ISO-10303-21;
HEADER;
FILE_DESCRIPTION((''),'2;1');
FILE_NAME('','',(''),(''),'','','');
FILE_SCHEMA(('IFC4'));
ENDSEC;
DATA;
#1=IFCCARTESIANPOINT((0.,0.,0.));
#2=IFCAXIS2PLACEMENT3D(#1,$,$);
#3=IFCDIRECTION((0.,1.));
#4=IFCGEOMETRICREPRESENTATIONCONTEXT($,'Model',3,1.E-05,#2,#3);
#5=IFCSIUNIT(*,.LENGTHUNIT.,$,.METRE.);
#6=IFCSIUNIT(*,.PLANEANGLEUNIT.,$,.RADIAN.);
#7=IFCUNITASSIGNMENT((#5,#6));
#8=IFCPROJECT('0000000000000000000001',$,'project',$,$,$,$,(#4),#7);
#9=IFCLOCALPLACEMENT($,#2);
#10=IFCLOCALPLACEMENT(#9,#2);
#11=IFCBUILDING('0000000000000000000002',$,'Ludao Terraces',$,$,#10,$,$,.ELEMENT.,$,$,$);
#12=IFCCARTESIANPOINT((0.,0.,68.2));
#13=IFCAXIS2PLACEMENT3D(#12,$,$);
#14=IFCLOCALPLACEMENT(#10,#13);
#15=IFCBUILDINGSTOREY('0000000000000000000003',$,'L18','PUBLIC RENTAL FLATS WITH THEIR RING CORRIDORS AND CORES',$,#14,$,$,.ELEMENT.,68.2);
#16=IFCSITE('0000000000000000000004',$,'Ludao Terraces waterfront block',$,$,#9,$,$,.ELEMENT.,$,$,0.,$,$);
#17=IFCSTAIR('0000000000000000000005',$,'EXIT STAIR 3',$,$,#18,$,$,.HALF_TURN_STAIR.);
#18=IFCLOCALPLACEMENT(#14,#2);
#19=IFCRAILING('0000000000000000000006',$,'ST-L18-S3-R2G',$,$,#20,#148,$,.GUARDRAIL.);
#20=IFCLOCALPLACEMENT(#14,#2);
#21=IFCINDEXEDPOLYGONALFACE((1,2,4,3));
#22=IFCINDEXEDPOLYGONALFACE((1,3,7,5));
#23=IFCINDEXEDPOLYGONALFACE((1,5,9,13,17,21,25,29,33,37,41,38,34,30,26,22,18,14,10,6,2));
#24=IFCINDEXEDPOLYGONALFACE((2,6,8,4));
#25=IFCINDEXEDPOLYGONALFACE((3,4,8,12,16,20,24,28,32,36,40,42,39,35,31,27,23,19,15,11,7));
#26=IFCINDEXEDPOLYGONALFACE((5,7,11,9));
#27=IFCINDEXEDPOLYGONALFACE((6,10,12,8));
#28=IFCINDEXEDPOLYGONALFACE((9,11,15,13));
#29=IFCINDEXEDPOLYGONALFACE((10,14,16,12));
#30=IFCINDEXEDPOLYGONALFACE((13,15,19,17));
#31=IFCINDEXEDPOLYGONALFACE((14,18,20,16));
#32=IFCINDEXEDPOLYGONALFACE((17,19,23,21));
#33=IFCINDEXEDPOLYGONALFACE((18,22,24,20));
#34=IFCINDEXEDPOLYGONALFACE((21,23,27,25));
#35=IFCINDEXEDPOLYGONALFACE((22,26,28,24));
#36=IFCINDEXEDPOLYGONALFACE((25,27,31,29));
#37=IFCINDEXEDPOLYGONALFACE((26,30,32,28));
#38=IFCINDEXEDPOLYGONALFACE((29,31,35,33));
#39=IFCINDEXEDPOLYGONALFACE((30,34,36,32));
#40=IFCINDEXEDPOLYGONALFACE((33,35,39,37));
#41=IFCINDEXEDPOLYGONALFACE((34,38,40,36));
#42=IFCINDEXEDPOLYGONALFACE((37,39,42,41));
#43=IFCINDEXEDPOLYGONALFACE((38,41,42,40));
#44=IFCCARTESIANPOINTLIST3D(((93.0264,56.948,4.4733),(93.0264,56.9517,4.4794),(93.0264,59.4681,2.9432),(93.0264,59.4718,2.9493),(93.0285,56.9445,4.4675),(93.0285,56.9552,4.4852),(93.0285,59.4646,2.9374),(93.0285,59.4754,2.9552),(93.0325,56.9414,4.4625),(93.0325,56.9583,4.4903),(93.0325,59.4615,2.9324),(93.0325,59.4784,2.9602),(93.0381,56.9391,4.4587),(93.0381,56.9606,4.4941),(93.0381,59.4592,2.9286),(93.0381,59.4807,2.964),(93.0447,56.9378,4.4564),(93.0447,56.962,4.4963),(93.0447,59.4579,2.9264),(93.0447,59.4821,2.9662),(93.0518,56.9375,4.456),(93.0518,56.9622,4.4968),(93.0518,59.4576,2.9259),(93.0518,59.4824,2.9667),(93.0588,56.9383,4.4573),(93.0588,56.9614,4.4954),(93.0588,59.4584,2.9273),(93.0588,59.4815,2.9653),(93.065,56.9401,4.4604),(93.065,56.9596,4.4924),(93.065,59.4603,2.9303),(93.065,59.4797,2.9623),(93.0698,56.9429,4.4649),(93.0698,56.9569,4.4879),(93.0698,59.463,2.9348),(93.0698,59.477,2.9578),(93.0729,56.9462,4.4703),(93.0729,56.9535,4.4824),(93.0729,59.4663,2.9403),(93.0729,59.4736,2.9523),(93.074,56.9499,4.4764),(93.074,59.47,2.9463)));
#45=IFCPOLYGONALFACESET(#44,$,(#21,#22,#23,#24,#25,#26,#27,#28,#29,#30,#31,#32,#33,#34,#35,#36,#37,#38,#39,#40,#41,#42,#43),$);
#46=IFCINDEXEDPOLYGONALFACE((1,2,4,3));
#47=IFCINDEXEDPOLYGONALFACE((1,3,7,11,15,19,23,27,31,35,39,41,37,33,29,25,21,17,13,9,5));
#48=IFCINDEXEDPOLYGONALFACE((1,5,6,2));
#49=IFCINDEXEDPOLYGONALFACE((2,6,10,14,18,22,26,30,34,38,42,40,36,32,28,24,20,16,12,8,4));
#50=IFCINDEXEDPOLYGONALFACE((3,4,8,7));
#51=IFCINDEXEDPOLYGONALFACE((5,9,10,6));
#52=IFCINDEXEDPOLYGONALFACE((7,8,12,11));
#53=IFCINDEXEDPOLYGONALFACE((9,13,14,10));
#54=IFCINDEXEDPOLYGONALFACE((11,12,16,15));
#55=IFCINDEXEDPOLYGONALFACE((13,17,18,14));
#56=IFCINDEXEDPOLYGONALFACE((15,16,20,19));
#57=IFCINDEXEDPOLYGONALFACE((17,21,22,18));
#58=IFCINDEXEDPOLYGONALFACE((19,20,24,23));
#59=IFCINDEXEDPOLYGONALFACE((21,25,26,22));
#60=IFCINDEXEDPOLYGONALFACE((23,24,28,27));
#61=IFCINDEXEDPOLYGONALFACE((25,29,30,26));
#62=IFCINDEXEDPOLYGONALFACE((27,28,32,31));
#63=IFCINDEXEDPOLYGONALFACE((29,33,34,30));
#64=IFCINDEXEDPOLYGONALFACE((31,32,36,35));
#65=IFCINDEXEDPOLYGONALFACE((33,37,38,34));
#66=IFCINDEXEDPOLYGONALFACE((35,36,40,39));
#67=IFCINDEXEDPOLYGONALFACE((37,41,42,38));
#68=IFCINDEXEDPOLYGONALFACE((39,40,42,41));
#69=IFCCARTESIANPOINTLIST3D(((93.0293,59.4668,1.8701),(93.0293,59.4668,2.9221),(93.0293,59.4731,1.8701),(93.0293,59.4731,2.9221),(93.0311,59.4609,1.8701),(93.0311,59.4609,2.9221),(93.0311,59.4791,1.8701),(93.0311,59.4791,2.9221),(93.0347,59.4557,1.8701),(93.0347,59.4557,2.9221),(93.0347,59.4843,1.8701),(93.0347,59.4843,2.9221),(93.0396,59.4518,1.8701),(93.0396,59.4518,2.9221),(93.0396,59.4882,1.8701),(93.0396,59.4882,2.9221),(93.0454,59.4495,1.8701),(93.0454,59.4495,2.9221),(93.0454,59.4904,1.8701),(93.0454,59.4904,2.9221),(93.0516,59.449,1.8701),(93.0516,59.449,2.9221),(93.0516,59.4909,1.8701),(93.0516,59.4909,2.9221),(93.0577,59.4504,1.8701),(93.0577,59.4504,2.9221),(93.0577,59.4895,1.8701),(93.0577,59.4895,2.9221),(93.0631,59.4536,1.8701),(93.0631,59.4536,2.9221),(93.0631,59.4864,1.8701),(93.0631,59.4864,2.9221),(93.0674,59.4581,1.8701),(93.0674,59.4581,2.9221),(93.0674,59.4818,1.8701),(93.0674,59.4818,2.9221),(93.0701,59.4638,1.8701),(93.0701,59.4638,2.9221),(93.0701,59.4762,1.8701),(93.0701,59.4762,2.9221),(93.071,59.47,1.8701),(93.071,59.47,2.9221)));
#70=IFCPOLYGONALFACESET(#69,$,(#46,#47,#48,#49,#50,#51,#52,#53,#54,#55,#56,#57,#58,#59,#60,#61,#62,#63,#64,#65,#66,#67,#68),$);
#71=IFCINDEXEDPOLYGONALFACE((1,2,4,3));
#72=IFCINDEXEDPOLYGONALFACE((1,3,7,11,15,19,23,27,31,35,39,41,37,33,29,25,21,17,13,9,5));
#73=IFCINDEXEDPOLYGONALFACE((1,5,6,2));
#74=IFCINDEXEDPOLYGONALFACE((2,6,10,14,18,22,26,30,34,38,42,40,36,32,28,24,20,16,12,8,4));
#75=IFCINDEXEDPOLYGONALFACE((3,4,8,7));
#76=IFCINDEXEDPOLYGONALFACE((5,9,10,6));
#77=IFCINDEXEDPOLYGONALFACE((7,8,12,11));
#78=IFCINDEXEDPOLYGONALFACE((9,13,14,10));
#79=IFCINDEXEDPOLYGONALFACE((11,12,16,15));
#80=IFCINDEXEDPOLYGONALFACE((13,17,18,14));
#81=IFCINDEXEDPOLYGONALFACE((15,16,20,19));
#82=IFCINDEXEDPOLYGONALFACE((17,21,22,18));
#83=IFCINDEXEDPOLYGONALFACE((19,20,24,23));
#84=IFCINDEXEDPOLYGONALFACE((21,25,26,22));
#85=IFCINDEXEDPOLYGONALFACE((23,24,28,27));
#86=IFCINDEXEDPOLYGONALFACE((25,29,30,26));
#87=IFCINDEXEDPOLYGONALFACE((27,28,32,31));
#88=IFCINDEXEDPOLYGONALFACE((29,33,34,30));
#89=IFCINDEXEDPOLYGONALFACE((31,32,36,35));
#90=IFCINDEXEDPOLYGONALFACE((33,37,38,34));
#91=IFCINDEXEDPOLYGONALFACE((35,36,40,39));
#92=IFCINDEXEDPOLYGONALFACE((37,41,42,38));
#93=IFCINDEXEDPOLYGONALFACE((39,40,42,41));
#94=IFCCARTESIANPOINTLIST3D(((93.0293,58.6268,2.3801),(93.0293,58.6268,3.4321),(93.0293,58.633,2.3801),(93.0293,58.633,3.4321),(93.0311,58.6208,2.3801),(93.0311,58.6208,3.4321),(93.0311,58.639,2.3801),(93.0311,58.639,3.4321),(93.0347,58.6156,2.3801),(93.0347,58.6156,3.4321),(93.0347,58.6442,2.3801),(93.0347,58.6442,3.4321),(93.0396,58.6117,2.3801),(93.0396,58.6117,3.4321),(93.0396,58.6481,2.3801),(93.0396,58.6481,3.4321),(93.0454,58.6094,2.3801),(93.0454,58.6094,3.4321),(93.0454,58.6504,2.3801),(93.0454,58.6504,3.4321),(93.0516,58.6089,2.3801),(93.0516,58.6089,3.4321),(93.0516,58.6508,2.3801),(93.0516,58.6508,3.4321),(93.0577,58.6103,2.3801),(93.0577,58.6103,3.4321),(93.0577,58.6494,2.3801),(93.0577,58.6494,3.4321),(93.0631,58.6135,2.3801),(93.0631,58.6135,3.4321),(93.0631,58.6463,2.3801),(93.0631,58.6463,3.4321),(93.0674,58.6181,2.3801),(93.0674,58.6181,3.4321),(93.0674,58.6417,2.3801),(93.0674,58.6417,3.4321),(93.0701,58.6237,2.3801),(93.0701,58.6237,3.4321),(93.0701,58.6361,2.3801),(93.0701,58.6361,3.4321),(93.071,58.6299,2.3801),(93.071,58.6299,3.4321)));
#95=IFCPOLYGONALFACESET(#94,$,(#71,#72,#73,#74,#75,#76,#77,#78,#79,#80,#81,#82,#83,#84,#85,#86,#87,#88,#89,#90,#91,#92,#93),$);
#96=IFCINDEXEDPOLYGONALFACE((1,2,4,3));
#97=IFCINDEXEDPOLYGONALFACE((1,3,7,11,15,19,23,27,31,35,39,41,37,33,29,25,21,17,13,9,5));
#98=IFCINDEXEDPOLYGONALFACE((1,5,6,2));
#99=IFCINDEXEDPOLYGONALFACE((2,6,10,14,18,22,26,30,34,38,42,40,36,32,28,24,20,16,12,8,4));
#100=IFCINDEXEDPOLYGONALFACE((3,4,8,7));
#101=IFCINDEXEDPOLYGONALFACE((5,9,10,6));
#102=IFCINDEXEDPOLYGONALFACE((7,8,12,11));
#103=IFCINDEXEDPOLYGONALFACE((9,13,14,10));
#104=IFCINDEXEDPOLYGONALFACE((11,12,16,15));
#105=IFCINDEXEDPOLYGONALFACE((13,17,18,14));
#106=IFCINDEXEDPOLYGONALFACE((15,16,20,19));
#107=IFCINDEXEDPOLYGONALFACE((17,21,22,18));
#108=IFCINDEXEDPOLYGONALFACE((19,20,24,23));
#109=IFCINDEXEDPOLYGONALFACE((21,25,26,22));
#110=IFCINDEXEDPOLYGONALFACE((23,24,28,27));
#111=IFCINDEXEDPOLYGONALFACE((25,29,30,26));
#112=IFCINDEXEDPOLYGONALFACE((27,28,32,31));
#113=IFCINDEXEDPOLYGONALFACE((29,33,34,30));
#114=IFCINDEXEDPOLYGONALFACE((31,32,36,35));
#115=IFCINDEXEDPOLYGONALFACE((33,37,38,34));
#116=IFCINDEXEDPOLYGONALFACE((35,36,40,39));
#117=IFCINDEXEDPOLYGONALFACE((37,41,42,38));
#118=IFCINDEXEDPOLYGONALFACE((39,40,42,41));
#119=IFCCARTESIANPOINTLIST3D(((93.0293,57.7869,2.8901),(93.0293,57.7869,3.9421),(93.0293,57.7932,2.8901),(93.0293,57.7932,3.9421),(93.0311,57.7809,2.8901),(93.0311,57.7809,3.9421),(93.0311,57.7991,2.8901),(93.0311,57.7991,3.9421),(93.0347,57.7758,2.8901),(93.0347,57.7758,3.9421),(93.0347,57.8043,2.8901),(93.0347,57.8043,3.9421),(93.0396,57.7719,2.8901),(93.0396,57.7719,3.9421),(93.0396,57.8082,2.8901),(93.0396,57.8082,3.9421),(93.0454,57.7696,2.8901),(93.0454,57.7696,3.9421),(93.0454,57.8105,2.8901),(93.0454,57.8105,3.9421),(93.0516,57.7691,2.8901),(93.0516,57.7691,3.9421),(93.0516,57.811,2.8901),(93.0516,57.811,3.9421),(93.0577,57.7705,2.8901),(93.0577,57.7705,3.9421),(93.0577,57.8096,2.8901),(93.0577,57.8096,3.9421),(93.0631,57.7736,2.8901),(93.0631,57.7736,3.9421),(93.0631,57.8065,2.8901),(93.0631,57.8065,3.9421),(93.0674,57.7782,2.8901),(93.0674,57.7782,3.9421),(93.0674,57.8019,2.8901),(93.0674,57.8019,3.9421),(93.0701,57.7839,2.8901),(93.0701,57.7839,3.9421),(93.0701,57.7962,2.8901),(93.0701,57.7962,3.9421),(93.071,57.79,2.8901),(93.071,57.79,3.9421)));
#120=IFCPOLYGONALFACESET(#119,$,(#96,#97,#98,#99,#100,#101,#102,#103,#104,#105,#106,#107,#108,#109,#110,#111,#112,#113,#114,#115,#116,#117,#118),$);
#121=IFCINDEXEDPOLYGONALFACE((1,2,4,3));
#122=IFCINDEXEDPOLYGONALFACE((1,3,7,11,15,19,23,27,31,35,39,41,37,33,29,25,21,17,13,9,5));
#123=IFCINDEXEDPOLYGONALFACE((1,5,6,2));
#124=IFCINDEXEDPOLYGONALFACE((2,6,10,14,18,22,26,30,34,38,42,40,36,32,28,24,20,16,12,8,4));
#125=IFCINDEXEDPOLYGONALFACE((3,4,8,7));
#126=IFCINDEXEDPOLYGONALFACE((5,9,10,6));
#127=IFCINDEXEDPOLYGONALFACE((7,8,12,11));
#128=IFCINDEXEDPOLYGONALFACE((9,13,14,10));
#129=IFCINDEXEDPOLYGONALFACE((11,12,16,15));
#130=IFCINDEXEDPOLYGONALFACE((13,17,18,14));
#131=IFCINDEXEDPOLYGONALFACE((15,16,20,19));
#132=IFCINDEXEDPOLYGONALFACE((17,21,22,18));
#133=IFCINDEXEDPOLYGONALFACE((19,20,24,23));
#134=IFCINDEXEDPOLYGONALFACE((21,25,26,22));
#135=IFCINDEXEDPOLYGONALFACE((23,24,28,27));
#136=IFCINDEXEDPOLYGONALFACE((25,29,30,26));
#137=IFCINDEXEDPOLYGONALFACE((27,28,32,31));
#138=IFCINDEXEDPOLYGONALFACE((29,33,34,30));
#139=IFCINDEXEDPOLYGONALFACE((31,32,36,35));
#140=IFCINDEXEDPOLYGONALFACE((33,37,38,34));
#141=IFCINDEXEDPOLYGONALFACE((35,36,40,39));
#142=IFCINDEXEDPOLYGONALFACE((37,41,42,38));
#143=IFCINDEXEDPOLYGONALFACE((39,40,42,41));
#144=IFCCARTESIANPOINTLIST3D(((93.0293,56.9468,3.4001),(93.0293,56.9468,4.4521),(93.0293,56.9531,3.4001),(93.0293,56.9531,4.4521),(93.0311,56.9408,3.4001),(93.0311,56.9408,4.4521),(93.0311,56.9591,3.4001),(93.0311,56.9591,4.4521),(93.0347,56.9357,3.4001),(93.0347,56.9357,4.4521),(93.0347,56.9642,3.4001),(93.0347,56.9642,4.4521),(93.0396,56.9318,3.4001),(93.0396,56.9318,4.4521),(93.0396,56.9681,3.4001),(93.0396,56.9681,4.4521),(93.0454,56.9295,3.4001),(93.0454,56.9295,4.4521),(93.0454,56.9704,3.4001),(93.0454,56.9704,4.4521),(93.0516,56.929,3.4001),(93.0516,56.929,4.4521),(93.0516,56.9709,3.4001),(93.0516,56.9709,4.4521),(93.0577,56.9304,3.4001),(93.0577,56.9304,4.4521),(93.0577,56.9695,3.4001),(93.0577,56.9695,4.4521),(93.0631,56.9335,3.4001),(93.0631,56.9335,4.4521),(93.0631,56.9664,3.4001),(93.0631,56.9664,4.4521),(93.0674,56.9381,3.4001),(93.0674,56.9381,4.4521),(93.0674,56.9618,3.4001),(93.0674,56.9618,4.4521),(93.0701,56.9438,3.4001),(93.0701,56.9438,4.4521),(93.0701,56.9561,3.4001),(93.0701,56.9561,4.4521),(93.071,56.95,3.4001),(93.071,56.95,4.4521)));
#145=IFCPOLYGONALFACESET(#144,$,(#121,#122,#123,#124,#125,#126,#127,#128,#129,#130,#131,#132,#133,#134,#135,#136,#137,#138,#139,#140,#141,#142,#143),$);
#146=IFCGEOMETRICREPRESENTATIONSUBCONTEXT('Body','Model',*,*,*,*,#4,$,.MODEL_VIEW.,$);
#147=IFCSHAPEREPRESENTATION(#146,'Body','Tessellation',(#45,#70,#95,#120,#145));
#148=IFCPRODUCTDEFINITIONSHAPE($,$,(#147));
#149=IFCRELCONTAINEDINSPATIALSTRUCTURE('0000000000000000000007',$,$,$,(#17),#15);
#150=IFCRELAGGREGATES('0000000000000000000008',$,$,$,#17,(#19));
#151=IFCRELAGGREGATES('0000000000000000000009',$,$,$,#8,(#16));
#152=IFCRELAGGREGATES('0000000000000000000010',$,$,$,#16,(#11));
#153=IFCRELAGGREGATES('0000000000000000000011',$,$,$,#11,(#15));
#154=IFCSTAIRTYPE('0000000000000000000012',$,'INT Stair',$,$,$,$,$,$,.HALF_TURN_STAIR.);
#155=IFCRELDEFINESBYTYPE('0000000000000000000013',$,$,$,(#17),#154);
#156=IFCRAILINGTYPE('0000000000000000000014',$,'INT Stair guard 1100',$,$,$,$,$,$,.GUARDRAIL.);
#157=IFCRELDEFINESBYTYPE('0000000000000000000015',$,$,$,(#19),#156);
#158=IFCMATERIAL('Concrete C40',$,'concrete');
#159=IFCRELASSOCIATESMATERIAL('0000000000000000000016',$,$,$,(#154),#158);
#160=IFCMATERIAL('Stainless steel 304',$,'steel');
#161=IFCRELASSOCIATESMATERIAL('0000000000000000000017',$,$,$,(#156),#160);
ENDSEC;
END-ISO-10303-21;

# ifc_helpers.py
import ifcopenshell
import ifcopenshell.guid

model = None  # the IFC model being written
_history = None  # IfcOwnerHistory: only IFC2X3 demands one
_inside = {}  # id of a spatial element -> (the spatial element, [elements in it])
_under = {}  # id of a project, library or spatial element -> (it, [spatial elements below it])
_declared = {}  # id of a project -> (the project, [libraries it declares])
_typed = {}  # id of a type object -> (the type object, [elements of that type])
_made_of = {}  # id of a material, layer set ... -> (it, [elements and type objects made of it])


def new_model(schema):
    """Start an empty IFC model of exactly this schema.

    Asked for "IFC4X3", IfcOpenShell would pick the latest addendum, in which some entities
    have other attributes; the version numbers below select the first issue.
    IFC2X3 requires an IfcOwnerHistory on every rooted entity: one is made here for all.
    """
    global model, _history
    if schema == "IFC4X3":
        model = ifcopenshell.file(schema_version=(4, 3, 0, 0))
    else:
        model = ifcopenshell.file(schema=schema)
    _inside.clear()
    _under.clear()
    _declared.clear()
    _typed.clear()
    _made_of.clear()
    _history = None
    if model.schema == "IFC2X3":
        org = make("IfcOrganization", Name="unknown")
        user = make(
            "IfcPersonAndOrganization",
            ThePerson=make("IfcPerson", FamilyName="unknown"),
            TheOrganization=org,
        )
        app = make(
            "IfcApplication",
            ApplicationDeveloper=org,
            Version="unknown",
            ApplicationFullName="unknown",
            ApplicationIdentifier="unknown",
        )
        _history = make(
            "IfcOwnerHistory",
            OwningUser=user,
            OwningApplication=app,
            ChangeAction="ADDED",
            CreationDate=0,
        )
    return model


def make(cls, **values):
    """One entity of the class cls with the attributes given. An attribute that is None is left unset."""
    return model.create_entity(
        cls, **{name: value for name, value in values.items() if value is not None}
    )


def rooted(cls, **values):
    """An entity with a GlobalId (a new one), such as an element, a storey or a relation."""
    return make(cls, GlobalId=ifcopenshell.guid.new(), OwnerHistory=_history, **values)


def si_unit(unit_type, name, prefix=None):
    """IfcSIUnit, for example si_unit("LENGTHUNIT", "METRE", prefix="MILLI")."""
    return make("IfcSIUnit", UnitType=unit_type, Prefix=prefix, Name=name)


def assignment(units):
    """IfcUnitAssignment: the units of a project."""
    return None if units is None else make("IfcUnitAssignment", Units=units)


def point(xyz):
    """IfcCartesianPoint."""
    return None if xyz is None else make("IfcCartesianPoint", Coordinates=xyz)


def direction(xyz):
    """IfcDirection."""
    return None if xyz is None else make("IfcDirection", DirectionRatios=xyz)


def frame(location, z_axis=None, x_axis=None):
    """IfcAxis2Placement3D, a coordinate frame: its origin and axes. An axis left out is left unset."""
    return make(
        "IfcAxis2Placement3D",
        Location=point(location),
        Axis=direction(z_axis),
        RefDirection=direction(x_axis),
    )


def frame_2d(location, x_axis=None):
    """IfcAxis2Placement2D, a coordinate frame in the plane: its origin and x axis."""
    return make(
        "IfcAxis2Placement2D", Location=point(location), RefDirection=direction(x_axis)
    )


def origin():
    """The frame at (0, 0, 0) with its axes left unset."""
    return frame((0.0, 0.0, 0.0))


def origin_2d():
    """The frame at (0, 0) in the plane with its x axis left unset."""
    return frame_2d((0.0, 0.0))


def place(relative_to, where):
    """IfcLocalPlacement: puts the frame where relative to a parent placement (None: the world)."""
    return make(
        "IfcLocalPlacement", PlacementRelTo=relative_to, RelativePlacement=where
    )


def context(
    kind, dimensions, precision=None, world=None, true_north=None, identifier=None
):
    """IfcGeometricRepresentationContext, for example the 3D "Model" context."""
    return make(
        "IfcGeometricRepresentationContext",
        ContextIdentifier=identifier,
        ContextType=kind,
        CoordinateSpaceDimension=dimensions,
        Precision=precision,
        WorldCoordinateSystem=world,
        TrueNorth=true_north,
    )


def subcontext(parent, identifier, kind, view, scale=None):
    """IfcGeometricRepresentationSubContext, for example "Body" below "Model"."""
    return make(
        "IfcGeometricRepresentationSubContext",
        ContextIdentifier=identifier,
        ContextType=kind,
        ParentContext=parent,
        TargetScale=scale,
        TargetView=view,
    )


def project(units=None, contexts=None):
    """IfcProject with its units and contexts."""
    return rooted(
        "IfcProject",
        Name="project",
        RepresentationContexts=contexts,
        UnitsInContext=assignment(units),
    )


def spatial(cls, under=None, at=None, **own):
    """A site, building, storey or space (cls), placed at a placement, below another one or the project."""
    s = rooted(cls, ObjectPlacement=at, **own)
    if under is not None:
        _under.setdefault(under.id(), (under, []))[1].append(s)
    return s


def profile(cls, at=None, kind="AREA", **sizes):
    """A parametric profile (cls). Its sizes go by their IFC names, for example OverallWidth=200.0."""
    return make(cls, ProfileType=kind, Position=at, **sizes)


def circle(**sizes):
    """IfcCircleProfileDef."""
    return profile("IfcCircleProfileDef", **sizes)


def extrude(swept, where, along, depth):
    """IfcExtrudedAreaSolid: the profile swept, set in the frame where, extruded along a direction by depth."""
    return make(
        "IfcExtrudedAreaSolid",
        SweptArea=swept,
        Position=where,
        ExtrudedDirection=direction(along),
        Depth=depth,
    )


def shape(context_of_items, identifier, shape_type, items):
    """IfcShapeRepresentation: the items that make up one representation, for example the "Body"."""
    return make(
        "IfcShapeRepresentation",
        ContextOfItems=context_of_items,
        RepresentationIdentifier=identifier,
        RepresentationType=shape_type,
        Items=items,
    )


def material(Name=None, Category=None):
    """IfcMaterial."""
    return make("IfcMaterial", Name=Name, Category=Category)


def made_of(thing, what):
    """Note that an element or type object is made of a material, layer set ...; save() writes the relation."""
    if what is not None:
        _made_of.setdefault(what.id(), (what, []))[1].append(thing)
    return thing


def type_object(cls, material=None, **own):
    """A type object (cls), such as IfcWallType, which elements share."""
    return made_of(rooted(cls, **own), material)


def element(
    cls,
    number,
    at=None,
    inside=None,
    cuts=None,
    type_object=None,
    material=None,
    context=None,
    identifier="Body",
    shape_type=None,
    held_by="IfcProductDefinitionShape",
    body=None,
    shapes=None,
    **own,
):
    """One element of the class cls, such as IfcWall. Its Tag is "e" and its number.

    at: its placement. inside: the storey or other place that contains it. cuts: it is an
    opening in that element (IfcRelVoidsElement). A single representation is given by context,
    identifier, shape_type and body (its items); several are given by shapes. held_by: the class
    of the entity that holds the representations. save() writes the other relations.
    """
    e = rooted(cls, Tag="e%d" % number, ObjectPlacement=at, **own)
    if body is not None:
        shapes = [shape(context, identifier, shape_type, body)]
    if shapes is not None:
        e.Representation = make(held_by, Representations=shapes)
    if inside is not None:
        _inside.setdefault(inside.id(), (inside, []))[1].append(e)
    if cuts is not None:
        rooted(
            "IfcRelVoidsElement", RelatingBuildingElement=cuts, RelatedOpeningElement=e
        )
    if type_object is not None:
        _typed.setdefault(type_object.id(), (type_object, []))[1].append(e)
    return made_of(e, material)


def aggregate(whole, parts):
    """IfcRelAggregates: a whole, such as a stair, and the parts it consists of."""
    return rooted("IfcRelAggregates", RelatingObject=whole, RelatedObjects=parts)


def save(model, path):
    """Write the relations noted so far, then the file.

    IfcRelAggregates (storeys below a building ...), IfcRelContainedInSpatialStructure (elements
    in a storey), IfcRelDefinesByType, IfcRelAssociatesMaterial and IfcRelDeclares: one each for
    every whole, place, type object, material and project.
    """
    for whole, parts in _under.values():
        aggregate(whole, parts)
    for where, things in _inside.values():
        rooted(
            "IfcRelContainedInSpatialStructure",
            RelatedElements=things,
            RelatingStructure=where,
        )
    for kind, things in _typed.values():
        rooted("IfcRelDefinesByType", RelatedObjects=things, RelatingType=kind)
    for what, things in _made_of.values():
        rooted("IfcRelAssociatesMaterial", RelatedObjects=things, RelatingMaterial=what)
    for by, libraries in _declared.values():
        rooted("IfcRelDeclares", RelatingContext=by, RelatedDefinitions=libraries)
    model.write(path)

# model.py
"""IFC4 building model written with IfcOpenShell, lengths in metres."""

from ifc_helpers import new_model, si_unit, direction, frame, origin, origin_2d, place, context, subcontext, project, spatial, circle, extrude, material, type_object, element, aggregate, save


model = new_model("IFC4")

# Units and contexts
model_context = context("Model", 3, precision=1e-05, world=origin(), true_north=direction((0.0, 1.0)))
body_context = subcontext(model_context, "Body", "Model", "MODEL_VIEW")
ifc_project = project(units=[si_unit("LENGTHUNIT", "METRE"), si_unit("PLANEANGLEUNIT", "RADIAN")], contexts=[model_context])

# Site, building, storey
site_placement = place(None, origin())
site = spatial("IfcSite", under=ifc_project, at=site_placement, Name="Ludao Terraces waterfront block", CompositionType="ELEMENT", RefElevation=0.0)
building_placement = place(site_placement, origin())
building = spatial("IfcBuilding", under=site, at=building_placement, Name="Ludao Terraces", CompositionType="ELEMENT")
storey_placement = place(building_placement, frame((0.0, 0.0, 68.2)))
storey = spatial("IfcBuildingStorey", under=building, at=storey_placement, Name="L18", Description="PUBLIC RENTAL FLATS WITH THEIR RING CORRIDORS AND CORES", CompositionType="ELEMENT", Elevation=68.2)

# Stair, railing
ifc_material_1 = material(Name="Concrete C40", Category="concrete")
stair_type = type_object("IfcStairType", Name="INT Stair", PredefinedType="HALF_TURN_STAIR", material=ifc_material_1)
stair_placement = place(storey_placement, origin())
stair = element("IfcStair", 1, at=stair_placement, inside=storey, type_object=stair_type, Name="EXIT STAIR 3", PredefinedType="HALF_TURN_STAIR")
ifc_material_2 = material(Name="Stainless steel 304", Category="steel")
railing_type_1 = type_object("IfcRailingType", Name="INT Stair guard 1100", PredefinedType="GUARDRAIL", material=ifc_material_2)
railing_1_placement = place(storey_placement, frame((93.05, 59.47, 1.8701)))
railing_1 = element("IfcRailing", 2, at=railing_1_placement, type_object=railing_type_1, Name="ST-L18-S3-R2G", PredefinedType="GUARDRAIL", context=body_context, shape_type="SweptSolid", body=[
    extrude(circle(Radius=0.0239, at=origin_2d()), frame((0.0, 0.0, 1.0762), z_axis=(0.0, -0.854785, 0.518982), x_axis=(1.0, 0.0, 0.0)), (0.0, 0.0, 1.0), 2.9482),
    extrude(circle(Radius=0.021, at=origin_2d()), origin(), (0.0, 0.0, 1.0), 1.052),
    extrude(circle(Radius=0.021, at=origin_2d()), frame((0.0, -0.8401, 0.51)), (0.0, 0.0, 1.0), 1.052),
    extrude(circle(Radius=0.021, at=origin_2d()), frame((0.0, -1.6799, 1.02)), (0.0, 0.0, 1.0), 1.052),
    extrude(circle(Radius=0.021, at=origin_2d()), frame((0.0, -2.52, 1.53)), (0.0, 0.0, 1.0), 1.052),
])
aggregate(stair, [railing_1])

save(model, "model.ifc")
